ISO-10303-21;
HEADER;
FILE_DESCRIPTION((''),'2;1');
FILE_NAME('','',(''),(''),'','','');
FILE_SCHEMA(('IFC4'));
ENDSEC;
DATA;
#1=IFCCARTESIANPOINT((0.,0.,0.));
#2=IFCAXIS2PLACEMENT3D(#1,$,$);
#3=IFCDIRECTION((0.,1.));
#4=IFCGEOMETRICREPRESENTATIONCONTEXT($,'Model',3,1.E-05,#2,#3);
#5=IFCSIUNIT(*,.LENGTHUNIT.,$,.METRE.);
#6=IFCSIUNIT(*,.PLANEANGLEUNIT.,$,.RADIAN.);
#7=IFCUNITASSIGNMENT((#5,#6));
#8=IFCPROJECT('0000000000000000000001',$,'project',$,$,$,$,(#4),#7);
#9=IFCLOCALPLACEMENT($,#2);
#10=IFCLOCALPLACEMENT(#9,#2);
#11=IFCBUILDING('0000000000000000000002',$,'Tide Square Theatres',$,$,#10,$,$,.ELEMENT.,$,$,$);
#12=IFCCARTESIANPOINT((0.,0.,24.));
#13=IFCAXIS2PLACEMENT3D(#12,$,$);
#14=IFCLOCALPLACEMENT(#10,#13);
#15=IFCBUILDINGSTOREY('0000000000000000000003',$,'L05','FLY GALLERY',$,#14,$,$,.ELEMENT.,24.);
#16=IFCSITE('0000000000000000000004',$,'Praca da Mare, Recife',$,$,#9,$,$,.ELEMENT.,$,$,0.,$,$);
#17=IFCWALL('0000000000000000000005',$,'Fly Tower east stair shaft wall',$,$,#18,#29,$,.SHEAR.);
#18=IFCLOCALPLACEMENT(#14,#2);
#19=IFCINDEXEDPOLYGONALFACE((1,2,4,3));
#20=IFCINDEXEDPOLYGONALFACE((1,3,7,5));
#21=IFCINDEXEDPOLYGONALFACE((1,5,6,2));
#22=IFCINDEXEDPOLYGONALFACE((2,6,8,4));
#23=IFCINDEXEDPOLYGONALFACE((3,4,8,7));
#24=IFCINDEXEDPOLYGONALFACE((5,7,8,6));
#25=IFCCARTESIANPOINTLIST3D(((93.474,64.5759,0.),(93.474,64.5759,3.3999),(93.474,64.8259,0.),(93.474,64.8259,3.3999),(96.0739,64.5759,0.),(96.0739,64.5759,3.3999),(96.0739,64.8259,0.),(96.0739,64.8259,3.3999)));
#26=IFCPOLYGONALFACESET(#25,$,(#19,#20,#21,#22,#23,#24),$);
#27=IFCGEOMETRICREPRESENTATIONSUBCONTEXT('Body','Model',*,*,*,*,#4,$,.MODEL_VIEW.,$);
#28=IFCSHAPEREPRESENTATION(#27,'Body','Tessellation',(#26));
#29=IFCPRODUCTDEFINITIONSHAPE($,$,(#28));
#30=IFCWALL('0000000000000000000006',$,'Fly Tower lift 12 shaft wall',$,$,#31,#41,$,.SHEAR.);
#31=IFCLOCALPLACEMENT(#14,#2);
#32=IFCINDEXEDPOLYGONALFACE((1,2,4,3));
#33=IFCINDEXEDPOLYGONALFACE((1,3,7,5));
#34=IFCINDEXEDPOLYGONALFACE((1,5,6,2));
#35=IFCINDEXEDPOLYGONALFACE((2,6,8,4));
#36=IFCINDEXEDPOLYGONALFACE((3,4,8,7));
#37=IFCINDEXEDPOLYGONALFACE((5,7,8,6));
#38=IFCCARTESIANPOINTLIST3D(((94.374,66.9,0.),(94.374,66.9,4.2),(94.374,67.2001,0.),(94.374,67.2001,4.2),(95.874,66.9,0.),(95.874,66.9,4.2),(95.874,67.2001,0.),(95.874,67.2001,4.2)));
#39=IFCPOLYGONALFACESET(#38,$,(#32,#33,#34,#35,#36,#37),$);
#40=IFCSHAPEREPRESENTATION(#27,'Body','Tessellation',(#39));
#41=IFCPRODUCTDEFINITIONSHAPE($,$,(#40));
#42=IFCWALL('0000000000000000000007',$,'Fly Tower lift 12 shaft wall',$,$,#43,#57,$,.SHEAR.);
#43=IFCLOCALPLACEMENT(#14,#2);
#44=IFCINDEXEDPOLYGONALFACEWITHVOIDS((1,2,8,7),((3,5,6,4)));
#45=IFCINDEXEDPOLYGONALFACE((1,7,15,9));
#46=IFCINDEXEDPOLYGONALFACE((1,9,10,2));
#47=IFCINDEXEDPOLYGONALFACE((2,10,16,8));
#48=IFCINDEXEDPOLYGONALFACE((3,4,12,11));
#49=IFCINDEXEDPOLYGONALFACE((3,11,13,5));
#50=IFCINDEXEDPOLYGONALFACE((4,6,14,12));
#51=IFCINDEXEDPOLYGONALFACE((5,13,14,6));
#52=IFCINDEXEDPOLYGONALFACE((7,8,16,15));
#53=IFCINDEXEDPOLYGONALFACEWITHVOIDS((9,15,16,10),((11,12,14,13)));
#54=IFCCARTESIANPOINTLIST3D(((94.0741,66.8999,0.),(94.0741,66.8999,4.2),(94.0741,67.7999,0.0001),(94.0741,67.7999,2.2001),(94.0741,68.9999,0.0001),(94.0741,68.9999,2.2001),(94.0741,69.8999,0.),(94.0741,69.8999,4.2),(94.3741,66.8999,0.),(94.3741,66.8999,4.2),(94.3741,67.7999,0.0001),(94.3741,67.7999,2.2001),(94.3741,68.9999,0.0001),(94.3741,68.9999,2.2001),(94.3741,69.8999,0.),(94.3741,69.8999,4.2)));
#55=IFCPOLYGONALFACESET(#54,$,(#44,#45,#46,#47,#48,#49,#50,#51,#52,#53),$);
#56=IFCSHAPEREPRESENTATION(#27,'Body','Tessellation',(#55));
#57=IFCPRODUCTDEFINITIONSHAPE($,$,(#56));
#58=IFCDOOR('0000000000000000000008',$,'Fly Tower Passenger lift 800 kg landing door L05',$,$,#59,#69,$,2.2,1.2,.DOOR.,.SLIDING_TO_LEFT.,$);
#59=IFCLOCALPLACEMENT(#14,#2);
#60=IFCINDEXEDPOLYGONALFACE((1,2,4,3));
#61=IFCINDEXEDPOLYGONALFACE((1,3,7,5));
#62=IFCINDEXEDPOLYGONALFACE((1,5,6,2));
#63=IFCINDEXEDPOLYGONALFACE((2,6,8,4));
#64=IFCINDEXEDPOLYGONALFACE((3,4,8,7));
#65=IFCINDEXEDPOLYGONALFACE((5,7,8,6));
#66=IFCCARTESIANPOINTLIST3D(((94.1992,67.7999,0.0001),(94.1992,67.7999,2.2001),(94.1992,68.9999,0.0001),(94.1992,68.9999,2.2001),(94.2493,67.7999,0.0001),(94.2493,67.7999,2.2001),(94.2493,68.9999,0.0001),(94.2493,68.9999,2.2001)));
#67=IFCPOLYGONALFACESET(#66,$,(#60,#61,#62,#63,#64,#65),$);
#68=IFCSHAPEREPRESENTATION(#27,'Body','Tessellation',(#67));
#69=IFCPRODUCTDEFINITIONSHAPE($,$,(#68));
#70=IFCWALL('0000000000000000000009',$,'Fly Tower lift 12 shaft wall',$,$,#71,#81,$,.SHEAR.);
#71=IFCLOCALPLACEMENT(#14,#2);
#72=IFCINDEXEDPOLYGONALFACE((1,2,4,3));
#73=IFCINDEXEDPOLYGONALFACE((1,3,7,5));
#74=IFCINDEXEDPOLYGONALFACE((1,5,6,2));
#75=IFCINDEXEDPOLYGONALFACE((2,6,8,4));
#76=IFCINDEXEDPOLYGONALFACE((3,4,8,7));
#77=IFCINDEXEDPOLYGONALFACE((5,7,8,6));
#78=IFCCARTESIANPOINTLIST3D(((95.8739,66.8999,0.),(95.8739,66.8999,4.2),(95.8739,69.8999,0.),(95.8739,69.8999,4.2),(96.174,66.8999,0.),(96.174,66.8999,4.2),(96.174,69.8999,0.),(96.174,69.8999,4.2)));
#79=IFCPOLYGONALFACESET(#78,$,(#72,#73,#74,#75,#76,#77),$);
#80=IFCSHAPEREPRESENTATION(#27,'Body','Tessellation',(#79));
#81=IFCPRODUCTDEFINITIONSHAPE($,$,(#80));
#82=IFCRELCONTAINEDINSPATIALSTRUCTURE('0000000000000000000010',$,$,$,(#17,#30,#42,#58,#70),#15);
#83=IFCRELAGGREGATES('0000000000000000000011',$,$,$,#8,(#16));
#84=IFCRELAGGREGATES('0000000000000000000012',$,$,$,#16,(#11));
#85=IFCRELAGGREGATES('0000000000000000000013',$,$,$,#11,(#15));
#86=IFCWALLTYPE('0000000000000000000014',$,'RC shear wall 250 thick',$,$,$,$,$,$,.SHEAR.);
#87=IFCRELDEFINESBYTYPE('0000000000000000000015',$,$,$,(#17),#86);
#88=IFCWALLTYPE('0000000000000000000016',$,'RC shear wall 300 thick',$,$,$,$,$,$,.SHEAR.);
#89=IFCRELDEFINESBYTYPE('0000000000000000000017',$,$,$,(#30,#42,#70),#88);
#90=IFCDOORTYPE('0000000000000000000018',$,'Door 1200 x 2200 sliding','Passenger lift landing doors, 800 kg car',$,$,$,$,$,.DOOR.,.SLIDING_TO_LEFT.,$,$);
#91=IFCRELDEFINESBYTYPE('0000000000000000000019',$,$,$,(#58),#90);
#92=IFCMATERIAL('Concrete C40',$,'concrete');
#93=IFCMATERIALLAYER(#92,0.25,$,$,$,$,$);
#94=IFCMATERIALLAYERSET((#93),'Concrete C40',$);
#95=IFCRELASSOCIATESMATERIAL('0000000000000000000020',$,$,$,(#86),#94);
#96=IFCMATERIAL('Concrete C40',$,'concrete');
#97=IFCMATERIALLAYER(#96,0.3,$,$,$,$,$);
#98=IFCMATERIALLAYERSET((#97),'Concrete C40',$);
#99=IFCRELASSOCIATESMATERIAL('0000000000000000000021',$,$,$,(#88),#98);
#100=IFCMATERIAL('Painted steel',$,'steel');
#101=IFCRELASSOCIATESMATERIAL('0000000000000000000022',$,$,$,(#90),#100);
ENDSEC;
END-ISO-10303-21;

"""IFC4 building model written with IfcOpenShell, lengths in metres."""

from ifc_helpers import new_model, si_unit, direction, frame, frame_2d, origin, place, context, subcontext, project, spatial, rectangle, extrude, material, layer, layer_set, type_object, element, fill, save


model = new_model("IFC4")

# Units and contexts
model_context = context("Model", 3, precision=1e-05, world=origin(), true_north=direction((0.0, 1.0)))
body_context = subcontext(model_context, "Body", "Model", "MODEL_VIEW")
ifc_project = project(units=[si_unit("LENGTHUNIT", "METRE"), si_unit("PLANEANGLEUNIT", "RADIAN")], contexts=[model_context])

# Site, building, storey
site_placement = place(None, origin())
site = spatial("IfcSite", under=ifc_project, at=site_placement, Name="Praca da Mare, Recife", CompositionType="ELEMENT", RefElevation=0.0)
building_placement = place(site_placement, origin())
building = spatial("IfcBuilding", under=site, at=building_placement, Name="Tide Square Theatres", CompositionType="ELEMENT")
storey_placement = place(building_placement, frame((0.0, 0.0, 24.0)))
storey = spatial("IfcBuildingStorey", under=building, at=storey_placement, Name="L05", Description="FLY GALLERY", CompositionType="ELEMENT", Elevation=24.0)

# Walls
ifc_material_1 = material(Name="Concrete C40", Category="concrete")
ifc_layer_1 = layer(ifc_material_1, 0.25)
ifc_layer_set_1 = layer_set([ifc_layer_1], Name="Concrete C40")
wall_type_1 = type_object("IfcWallType", Name="RC shear wall 250 thick", PredefinedType="SHEAR", material=ifc_layer_set_1)
wall_1_placement = place(storey_placement, frame((93.4741, 64.7009, 0.0), z_axis=(0.0, 0.0, 1.0), x_axis=(1.0, 0.0, 0.0)))
element("IfcWall", 1, at=wall_1_placement, inside=storey, type_object=wall_type_1, Name="Fly Tower east stair shaft wall", PredefinedType="SHEAR", context=body_context, shape_type="SweptSolid", body=[
    extrude(rectangle(XDim=2.5999, YDim=0.25, at=frame_2d((1.2998, 0.0))), origin(), (0.0, 0.0, 1.0), 3.3999),
])
ifc_material_2 = material(Name="Concrete C40", Category="concrete")
ifc_layer_2 = layer(ifc_material_2, 0.3)
ifc_layer_set_2 = layer_set([ifc_layer_2], Name="Concrete C40")
wall_type_2 = type_object("IfcWallType", Name="RC shear wall 300 thick", PredefinedType="SHEAR", material=ifc_layer_set_2)
wall_2_placement = place(storey_placement, frame((94.374, 67.05, 0.0), z_axis=(0.0, 0.0, 1.0), x_axis=(1.0, 0.0, 0.0)))
element("IfcWall", 2, at=wall_2_placement, inside=storey, type_object=wall_type_2, Name="Fly Tower lift 12 shaft wall", PredefinedType="SHEAR", context=body_context, shape_type="SweptSolid", body=[
    extrude(rectangle(XDim=1.5, YDim=0.3, at=frame_2d((0.75, 0.0))), origin(), (0.0, 0.0, 1.0), 4.2),
])

# Wall, opening, door
wall_3_placement = place(storey_placement, frame((94.2241, 66.8999, 0.0), z_axis=(0.0, 0.0, 1.0), x_axis=(0.0, 1.0, 0.0)))
wall_3 = element("IfcWall", 3, at=wall_3_placement, inside=storey, type_object=wall_type_2, Name="Fly Tower lift 12 shaft wall", PredefinedType="SHEAR", context=body_context, shape_type="SweptSolid", body=[
    extrude(rectangle(XDim=3.0, YDim=0.3, at=frame_2d((1.5, 0.0))), origin(), (0.0, 0.0, 1.0), 4.2),
])
opening_placement = place(wall_3_placement, frame((0.8999, 0.0, 0.0)))
opening = element("IfcOpeningElement", 4, at=opening_placement, cuts=wall_3, PredefinedType="OPENING", context=body_context, shape_type="SweptSolid", body=[
    extrude(rectangle(XDim=1.2, YDim=2.2, at=frame_2d((0.6001, 1.1001))), frame((0.0, 0.1599, 0.0), z_axis=(0.0, -1.0, 0.0), x_axis=(1.0, 0.0, 0.0)), (0.0, 0.0, 1.0), 0.3201),
])
ifc_material_3 = material(Name="Painted steel", Category="steel")
door_type = type_object("IfcDoorType", Name="Door 1200 x 2200 sliding", Description="Passenger lift landing doors, 800 kg car", OperationType="SLIDING_TO_LEFT", PredefinedType="DOOR", material=ifc_material_3)
door_placement = place(opening_placement, origin())
door = element("IfcDoor", 5, at=door_placement, inside=storey, type_object=door_type, Name="Fly Tower Passenger lift 800 kg landing door L05", OperationType="SLIDING_TO_LEFT", OverallHeight=2.2, OverallWidth=1.2, PredefinedType="DOOR", context=body_context, shape_type="SweptSolid", body=[
    extrude(rectangle(XDim=1.2, YDim=2.2, at=frame_2d((0.6001, 1.1001))), frame((0.0, 0.0249, 0.0), z_axis=(0.0, -1.0, 0.0), x_axis=(1.0, 0.0, 0.0)), (0.0, 0.0, 1.0), 0.05),
])
fill(opening, door)

# Wall
wall_4_placement = place(storey_placement, frame((96.0239, 66.8999, 0.0), z_axis=(0.0, 0.0, 1.0), x_axis=(0.0, 1.0, 0.0)))
element("IfcWall", 6, at=wall_4_placement, inside=storey, type_object=wall_type_2, Name="Fly Tower lift 12 shaft wall", PredefinedType="SHEAR", context=body_context, shape_type="SweptSolid", body=[
    extrude(rectangle(XDim=3.0, YDim=0.3, at=frame_2d((1.5, 0.0))), origin(), (0.0, 0.0, 1.0), 4.2),
])

save(model, "model.ifc")
